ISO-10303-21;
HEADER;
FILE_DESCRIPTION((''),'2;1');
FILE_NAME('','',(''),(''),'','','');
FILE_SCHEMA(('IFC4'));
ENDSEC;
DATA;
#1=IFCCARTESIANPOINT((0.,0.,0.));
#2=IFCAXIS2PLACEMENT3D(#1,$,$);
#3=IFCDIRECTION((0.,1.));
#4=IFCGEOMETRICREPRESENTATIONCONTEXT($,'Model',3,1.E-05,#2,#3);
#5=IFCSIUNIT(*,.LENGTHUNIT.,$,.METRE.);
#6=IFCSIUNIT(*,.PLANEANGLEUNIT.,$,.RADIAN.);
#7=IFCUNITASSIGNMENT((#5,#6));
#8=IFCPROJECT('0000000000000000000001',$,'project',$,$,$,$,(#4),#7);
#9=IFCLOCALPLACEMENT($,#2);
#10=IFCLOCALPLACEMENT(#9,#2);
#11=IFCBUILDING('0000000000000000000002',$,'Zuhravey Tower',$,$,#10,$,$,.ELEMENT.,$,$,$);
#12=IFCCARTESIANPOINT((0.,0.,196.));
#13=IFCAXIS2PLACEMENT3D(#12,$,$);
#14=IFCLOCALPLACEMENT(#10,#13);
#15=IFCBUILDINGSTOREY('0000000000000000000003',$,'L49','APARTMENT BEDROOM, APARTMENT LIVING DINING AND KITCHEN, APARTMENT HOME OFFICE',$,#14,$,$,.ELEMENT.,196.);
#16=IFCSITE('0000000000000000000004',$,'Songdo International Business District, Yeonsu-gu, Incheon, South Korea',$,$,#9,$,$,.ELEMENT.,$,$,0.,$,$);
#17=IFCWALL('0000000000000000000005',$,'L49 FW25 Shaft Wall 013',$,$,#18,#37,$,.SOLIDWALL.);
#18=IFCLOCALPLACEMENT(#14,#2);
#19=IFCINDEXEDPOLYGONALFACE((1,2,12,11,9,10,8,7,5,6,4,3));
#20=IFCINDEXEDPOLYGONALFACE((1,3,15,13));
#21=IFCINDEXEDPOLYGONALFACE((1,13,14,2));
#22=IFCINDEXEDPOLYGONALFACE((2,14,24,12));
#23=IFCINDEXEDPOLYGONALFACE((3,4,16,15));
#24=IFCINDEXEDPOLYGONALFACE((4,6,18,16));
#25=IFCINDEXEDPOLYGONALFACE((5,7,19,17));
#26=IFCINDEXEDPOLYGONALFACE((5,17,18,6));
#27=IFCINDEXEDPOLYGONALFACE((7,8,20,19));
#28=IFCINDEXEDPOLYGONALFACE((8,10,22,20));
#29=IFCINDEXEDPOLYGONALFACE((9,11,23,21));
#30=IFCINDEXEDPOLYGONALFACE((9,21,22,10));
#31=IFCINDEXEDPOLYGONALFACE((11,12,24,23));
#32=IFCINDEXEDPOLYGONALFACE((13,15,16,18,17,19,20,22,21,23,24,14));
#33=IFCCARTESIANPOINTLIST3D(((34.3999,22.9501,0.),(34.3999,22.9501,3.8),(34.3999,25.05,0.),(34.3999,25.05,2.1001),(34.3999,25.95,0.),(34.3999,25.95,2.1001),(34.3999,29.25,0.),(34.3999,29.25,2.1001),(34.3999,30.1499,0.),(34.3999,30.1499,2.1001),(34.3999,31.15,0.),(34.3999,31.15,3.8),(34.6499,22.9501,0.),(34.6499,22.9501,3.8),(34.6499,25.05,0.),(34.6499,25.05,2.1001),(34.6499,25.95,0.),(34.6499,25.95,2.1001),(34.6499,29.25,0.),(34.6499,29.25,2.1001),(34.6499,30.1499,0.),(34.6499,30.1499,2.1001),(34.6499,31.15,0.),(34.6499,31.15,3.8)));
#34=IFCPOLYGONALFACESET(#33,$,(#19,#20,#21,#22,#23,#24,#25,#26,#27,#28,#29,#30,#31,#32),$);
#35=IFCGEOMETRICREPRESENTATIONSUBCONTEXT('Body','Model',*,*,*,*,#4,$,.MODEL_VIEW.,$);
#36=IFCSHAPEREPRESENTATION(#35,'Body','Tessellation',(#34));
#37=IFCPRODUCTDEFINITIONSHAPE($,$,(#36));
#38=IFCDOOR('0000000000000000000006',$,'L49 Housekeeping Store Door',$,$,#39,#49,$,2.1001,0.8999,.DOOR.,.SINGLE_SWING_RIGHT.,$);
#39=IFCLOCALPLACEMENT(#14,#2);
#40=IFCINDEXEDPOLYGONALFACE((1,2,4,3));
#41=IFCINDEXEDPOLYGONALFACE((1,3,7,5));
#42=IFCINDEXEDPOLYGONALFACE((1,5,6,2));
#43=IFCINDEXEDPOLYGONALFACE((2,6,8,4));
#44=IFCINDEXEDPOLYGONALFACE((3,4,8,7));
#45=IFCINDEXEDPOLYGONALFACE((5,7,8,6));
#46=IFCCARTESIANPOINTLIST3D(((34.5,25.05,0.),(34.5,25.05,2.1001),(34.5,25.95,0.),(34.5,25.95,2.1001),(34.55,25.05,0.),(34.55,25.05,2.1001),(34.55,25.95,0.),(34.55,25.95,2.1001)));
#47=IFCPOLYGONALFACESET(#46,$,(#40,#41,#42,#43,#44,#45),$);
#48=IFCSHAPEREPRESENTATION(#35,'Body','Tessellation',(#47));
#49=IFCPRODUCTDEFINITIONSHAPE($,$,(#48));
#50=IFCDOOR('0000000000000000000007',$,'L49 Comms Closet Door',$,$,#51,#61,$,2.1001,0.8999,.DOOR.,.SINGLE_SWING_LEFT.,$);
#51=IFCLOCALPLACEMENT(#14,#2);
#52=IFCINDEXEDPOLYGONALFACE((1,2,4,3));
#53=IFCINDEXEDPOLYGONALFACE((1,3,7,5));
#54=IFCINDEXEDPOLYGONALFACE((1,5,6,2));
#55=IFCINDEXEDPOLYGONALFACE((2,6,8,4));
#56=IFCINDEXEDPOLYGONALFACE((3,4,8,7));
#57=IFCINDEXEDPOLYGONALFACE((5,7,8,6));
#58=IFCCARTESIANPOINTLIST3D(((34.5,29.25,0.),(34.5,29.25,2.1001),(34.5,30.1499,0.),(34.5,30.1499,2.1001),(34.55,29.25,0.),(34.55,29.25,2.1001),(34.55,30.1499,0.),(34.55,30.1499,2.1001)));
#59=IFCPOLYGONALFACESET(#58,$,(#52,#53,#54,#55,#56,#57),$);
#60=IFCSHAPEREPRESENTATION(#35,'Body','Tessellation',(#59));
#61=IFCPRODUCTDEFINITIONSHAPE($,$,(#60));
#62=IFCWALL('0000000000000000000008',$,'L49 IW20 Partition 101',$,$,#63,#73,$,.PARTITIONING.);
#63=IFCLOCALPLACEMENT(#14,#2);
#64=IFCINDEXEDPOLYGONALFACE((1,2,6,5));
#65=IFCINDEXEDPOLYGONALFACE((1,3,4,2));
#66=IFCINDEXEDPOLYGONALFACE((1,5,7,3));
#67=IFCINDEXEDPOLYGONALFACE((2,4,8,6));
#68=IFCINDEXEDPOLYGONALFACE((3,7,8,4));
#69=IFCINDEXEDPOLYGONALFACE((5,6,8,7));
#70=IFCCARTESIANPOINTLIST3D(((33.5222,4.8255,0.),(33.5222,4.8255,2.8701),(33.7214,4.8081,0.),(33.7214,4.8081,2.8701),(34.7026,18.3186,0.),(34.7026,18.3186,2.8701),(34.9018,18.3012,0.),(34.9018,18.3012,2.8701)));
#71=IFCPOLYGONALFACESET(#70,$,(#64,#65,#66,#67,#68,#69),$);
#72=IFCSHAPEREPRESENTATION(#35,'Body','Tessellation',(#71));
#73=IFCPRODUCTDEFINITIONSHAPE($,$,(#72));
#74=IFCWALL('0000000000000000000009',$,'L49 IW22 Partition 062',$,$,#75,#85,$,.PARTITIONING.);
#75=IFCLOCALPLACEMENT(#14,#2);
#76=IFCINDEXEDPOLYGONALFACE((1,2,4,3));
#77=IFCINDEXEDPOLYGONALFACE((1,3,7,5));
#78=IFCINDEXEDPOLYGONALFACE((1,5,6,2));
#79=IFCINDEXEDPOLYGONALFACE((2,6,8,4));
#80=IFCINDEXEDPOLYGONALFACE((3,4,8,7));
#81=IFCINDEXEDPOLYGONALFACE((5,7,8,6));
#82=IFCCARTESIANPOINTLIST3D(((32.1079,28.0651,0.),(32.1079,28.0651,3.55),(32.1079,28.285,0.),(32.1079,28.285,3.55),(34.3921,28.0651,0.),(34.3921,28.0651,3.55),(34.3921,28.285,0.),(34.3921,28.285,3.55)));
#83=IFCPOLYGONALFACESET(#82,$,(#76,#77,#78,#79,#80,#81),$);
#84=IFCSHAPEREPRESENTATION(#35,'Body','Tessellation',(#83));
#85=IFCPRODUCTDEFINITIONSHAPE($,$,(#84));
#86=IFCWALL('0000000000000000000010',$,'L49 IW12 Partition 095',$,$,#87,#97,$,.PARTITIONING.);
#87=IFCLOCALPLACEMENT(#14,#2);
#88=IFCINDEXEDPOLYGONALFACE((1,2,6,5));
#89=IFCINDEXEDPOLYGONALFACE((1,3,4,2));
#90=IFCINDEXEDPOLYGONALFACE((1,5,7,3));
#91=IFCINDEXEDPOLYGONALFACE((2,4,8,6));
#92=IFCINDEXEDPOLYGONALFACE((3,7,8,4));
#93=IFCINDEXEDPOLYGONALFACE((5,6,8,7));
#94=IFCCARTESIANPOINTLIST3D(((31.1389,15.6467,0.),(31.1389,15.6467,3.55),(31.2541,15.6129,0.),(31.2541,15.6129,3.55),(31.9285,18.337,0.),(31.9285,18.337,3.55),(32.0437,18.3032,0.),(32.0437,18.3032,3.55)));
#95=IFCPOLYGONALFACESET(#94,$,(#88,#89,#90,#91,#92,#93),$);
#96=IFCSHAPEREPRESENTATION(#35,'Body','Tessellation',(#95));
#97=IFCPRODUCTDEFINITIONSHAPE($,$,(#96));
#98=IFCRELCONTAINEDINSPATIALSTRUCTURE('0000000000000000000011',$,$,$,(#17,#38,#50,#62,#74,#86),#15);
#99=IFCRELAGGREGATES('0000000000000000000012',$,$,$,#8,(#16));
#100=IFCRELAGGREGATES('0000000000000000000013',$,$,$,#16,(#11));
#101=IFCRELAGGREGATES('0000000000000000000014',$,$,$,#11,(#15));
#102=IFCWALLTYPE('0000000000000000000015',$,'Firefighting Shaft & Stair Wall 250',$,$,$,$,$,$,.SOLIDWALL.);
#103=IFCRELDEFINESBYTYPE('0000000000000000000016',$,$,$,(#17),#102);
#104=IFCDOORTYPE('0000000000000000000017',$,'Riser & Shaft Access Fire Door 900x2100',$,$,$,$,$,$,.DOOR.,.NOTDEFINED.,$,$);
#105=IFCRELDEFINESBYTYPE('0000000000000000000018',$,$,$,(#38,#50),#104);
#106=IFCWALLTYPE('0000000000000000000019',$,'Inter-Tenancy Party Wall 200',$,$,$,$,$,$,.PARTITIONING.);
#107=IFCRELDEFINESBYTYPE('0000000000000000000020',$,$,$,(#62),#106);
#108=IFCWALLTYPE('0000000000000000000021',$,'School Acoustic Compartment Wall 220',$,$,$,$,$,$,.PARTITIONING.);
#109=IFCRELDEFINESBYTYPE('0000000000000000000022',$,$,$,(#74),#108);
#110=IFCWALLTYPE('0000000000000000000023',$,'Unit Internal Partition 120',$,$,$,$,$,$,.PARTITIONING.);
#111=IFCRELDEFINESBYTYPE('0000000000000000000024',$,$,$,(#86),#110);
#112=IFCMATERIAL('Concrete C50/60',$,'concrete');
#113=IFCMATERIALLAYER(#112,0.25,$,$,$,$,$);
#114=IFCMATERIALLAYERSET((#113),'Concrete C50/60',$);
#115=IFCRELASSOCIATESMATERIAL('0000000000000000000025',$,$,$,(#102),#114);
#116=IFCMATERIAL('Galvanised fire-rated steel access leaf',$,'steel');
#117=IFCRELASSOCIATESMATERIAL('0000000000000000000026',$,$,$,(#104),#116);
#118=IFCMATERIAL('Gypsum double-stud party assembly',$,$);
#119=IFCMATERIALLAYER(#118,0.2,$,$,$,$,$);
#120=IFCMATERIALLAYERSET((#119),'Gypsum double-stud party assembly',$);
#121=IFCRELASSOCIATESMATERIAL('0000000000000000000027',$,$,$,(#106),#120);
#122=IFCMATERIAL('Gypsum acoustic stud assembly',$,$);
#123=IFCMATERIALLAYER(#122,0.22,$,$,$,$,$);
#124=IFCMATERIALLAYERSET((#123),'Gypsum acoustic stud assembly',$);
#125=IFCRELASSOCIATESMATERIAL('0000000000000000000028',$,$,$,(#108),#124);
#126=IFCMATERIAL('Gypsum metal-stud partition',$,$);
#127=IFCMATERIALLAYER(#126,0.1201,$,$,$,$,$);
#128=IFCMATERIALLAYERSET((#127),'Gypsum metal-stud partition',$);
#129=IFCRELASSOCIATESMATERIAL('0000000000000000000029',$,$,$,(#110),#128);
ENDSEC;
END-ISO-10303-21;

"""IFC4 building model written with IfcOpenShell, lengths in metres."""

from ifc_helpers import new_model, si_unit, direction, frame, frame_2d, origin, place, context, subcontext, project, spatial, rectangle, extrude, material, layer, layer_set, type_object, element, fill, save


model = new_model("IFC4")

# Units and contexts
model_context = context("Model", 3, precision=1e-05, world=origin(), true_north=direction((0.0, 1.0)))
body_context = subcontext(model_context, "Body", "Model", "MODEL_VIEW")
ifc_project = project(units=[si_unit("LENGTHUNIT", "METRE"), si_unit("PLANEANGLEUNIT", "RADIAN")], contexts=[model_context])

# Site, building, storey
site_placement = place(None, origin())
site = spatial("IfcSite", under=ifc_project, at=site_placement, Name="Songdo International Business District, Yeonsu-gu, Incheon, South Korea", CompositionType="ELEMENT", RefElevation=0.0)
building_placement = place(site_placement, origin())
building = spatial("IfcBuilding", under=site, at=building_placement, Name="Zuhravey Tower", CompositionType="ELEMENT")
storey_placement = place(building_placement, frame((0.0, 0.0, 196.0)))
storey = spatial("IfcBuildingStorey", under=building, at=storey_placement, Name="L49", Description="APARTMENT BEDROOM, APARTMENT LIVING DINING AND KITCHEN, APARTMENT HOME OFFICE", CompositionType="ELEMENT", Elevation=196.0)

# Shared definitions
ifc_material_1 = material(Name="Concrete C50/60", Category="concrete")
ifc_layer_1 = layer(ifc_material_1, 0.25)
ifc_layer_set_1 = layer_set([ifc_layer_1], Name="Concrete C50/60")
wall_type_1 = type_object("IfcWallType", Name="Firefighting Shaft & Stair Wall 250", PredefinedType="SOLIDWALL", material=ifc_layer_set_1)

# Shared definitions
ifc_material_2 = material(Name="Galvanised fire-rated steel access leaf", Category="steel")
door_type_1 = type_object("IfcDoorType", Name="Riser & Shaft Access Fire Door 900x2100", OperationType="NOTDEFINED", PredefinedType="DOOR", material=ifc_material_2)

# Wall, openings, doors
wall_1_placement = place(storey_placement, frame((34.5249, 22.95, 0.0), z_axis=(0.0, 0.0, 1.0), x_axis=(0.0, 1.0, 0.0)))
wall_1 = element("IfcWall", 1, at=wall_1_placement, inside=storey, type_object=wall_type_1, Name="L49 FW25 Shaft Wall 013", PredefinedType="SOLIDWALL", context=body_context, shape_type="SweptSolid", body=[
    extrude(rectangle(XDim=8.2, YDim=0.25, at=frame_2d((4.1001, 0.0))), origin(), (0.0, 0.0, 1.0), 3.8),
])
opening_1_placement = place(wall_1_placement, frame((2.1001, 0.0, 0.0)))
opening_1 = element("IfcOpeningElement", 2, at=opening_1_placement, cuts=wall_1, PredefinedType="OPENING", context=body_context, shape_type="SweptSolid", body=[
    extrude(rectangle(XDim=0.8999, YDim=2.1001, at=frame_2d((0.45, 1.05))), frame((0.0, 0.137, 0.0), z_axis=(0.0, -1.0, 0.0), x_axis=(1.0, 0.0, 0.0)), (0.0, 0.0, 1.0), 0.2739),
])
opening_2_placement = place(wall_1_placement, frame((6.3, 0.0, 0.0)))
opening_2 = element("IfcOpeningElement", 3, at=opening_2_placement, cuts=wall_1, PredefinedType="OPENING", context=body_context, shape_type="SweptSolid", body=[
    extrude(rectangle(XDim=0.8999, YDim=2.1001, at=frame_2d((0.45, 1.05))), frame((0.0, 0.137, 0.0), z_axis=(0.0, -1.0, 0.0), x_axis=(1.0, 0.0, 0.0)), (0.0, 0.0, 1.0), 0.2739),
])
door_1_placement = place(opening_1_placement, origin())
door_1 = element("IfcDoor", 4, at=door_1_placement, inside=storey, type_object=door_type_1, Name="L49 Housekeeping Store Door", OperationType="SINGLE_SWING_RIGHT", OverallHeight=2.1001, OverallWidth=0.8999, PredefinedType="DOOR", context=body_context, shape_type="SweptSolid", body=[
    extrude(rectangle(XDim=0.8999, YDim=2.1001, at=frame_2d((0.45, 1.05))), frame((0.0, 0.0249, 0.0), z_axis=(0.0, -1.0, 0.0), x_axis=(1.0, 0.0, 0.0)), (0.0, 0.0, 1.0), 0.05),
])
fill(opening_1, door_1)
door_2_placement = place(opening_2_placement, origin())
door_2 = element("IfcDoor", 5, at=door_2_placement, inside=storey, type_object=door_type_1, Name="L49 Comms Closet Door", OperationType="SINGLE_SWING_LEFT", OverallHeight=2.1001, OverallWidth=0.8999, PredefinedType="DOOR", context=body_context, shape_type="SweptSolid", body=[
    extrude(rectangle(XDim=0.8999, YDim=2.1001, at=frame_2d((0.45, 1.05))), frame((0.0, 0.0249, 0.0), z_axis=(0.0, -1.0, 0.0), x_axis=(1.0, 0.0, 0.0)), (0.0, 0.0, 1.0), 0.05),
])
fill(opening_2, door_2)

# Walls
ifc_material_3 = material(Name="Gypsum double-stud party assembly")
ifc_layer_2 = layer(ifc_material_3, 0.2)
ifc_layer_set_2 = layer_set([ifc_layer_2], Name="Gypsum double-stud party assembly")
wall_type_2 = type_object("IfcWallType", Name="Inter-Tenancy Party Wall 200", PredefinedType="PARTITIONING", material=ifc_layer_set_2)
wall_2_placement = place(storey_placement, frame((34.8022, 18.3101, 0.0), z_axis=(0.0, 0.0, 1.0), x_axis=(-0.08715, -0.996195, 0.0)))
element("IfcWall", 6, at=wall_2_placement, inside=storey, type_object=wall_type_2, Name="L49 IW20 Partition 101", PredefinedType="PARTITIONING", context=body_context, shape_type="SweptSolid", body=[
    extrude(rectangle(XDim=13.5447, YDim=0.2, at=frame_2d((6.7725, 0.0))), origin(), (0.0, 0.0, 1.0), 2.8701),
])
ifc_material_4 = material(Name="Gypsum acoustic stud assembly")
ifc_layer_3 = layer(ifc_material_4, 0.22)
ifc_layer_set_3 = layer_set([ifc_layer_3], Name="Gypsum acoustic stud assembly")
wall_type_3 = type_object("IfcWallType", Name="School Acoustic Compartment Wall 220", PredefinedType="PARTITIONING", material=ifc_layer_set_3)
wall_3_placement = place(storey_placement, frame((32.1079, 28.175, 0.0), z_axis=(0.0, 0.0, 1.0), x_axis=(1.0, 0.0, 0.0)))
element("IfcWall", 7, at=wall_3_placement, inside=storey, type_object=wall_type_3, Name="L49 IW22 Partition 062", PredefinedType="PARTITIONING", context=body_context, shape_type="SweptSolid", body=[
    extrude(rectangle(XDim=2.2842, YDim=0.22, at=frame_2d((1.1421, 0.0))), origin(), (0.0, 0.0, 1.0), 3.55),
])
ifc_material_5 = material(Name="Gypsum metal-stud partition")
ifc_layer_4 = layer(ifc_material_5, 0.1201)
ifc_layer_set_4 = layer_set([ifc_layer_4], Name="Gypsum metal-stud partition")
wall_type_4 = type_object("IfcWallType", Name="Unit Internal Partition 120", PredefinedType="PARTITIONING", material=ifc_layer_set_4)
wall_4_placement = place(storey_placement, frame((31.9861, 18.3201, 0.0), z_axis=(0.0, 0.0, 1.0), x_axis=(-0.281615, -0.959528, 0.0)))
element("IfcWall", 8, at=wall_4_placement, inside=storey, type_object=wall_type_4, Name="L49 IW12 Partition 095", PredefinedType="PARTITIONING", context=body_context, shape_type="SweptSolid", body=[
    extrude(rectangle(XDim=2.8037, YDim=0.1201, at=frame_2d((1.4019, 0.0))), origin(), (0.0, 0.0, 1.0), 3.55),
])

save(model, "model.ifc")
